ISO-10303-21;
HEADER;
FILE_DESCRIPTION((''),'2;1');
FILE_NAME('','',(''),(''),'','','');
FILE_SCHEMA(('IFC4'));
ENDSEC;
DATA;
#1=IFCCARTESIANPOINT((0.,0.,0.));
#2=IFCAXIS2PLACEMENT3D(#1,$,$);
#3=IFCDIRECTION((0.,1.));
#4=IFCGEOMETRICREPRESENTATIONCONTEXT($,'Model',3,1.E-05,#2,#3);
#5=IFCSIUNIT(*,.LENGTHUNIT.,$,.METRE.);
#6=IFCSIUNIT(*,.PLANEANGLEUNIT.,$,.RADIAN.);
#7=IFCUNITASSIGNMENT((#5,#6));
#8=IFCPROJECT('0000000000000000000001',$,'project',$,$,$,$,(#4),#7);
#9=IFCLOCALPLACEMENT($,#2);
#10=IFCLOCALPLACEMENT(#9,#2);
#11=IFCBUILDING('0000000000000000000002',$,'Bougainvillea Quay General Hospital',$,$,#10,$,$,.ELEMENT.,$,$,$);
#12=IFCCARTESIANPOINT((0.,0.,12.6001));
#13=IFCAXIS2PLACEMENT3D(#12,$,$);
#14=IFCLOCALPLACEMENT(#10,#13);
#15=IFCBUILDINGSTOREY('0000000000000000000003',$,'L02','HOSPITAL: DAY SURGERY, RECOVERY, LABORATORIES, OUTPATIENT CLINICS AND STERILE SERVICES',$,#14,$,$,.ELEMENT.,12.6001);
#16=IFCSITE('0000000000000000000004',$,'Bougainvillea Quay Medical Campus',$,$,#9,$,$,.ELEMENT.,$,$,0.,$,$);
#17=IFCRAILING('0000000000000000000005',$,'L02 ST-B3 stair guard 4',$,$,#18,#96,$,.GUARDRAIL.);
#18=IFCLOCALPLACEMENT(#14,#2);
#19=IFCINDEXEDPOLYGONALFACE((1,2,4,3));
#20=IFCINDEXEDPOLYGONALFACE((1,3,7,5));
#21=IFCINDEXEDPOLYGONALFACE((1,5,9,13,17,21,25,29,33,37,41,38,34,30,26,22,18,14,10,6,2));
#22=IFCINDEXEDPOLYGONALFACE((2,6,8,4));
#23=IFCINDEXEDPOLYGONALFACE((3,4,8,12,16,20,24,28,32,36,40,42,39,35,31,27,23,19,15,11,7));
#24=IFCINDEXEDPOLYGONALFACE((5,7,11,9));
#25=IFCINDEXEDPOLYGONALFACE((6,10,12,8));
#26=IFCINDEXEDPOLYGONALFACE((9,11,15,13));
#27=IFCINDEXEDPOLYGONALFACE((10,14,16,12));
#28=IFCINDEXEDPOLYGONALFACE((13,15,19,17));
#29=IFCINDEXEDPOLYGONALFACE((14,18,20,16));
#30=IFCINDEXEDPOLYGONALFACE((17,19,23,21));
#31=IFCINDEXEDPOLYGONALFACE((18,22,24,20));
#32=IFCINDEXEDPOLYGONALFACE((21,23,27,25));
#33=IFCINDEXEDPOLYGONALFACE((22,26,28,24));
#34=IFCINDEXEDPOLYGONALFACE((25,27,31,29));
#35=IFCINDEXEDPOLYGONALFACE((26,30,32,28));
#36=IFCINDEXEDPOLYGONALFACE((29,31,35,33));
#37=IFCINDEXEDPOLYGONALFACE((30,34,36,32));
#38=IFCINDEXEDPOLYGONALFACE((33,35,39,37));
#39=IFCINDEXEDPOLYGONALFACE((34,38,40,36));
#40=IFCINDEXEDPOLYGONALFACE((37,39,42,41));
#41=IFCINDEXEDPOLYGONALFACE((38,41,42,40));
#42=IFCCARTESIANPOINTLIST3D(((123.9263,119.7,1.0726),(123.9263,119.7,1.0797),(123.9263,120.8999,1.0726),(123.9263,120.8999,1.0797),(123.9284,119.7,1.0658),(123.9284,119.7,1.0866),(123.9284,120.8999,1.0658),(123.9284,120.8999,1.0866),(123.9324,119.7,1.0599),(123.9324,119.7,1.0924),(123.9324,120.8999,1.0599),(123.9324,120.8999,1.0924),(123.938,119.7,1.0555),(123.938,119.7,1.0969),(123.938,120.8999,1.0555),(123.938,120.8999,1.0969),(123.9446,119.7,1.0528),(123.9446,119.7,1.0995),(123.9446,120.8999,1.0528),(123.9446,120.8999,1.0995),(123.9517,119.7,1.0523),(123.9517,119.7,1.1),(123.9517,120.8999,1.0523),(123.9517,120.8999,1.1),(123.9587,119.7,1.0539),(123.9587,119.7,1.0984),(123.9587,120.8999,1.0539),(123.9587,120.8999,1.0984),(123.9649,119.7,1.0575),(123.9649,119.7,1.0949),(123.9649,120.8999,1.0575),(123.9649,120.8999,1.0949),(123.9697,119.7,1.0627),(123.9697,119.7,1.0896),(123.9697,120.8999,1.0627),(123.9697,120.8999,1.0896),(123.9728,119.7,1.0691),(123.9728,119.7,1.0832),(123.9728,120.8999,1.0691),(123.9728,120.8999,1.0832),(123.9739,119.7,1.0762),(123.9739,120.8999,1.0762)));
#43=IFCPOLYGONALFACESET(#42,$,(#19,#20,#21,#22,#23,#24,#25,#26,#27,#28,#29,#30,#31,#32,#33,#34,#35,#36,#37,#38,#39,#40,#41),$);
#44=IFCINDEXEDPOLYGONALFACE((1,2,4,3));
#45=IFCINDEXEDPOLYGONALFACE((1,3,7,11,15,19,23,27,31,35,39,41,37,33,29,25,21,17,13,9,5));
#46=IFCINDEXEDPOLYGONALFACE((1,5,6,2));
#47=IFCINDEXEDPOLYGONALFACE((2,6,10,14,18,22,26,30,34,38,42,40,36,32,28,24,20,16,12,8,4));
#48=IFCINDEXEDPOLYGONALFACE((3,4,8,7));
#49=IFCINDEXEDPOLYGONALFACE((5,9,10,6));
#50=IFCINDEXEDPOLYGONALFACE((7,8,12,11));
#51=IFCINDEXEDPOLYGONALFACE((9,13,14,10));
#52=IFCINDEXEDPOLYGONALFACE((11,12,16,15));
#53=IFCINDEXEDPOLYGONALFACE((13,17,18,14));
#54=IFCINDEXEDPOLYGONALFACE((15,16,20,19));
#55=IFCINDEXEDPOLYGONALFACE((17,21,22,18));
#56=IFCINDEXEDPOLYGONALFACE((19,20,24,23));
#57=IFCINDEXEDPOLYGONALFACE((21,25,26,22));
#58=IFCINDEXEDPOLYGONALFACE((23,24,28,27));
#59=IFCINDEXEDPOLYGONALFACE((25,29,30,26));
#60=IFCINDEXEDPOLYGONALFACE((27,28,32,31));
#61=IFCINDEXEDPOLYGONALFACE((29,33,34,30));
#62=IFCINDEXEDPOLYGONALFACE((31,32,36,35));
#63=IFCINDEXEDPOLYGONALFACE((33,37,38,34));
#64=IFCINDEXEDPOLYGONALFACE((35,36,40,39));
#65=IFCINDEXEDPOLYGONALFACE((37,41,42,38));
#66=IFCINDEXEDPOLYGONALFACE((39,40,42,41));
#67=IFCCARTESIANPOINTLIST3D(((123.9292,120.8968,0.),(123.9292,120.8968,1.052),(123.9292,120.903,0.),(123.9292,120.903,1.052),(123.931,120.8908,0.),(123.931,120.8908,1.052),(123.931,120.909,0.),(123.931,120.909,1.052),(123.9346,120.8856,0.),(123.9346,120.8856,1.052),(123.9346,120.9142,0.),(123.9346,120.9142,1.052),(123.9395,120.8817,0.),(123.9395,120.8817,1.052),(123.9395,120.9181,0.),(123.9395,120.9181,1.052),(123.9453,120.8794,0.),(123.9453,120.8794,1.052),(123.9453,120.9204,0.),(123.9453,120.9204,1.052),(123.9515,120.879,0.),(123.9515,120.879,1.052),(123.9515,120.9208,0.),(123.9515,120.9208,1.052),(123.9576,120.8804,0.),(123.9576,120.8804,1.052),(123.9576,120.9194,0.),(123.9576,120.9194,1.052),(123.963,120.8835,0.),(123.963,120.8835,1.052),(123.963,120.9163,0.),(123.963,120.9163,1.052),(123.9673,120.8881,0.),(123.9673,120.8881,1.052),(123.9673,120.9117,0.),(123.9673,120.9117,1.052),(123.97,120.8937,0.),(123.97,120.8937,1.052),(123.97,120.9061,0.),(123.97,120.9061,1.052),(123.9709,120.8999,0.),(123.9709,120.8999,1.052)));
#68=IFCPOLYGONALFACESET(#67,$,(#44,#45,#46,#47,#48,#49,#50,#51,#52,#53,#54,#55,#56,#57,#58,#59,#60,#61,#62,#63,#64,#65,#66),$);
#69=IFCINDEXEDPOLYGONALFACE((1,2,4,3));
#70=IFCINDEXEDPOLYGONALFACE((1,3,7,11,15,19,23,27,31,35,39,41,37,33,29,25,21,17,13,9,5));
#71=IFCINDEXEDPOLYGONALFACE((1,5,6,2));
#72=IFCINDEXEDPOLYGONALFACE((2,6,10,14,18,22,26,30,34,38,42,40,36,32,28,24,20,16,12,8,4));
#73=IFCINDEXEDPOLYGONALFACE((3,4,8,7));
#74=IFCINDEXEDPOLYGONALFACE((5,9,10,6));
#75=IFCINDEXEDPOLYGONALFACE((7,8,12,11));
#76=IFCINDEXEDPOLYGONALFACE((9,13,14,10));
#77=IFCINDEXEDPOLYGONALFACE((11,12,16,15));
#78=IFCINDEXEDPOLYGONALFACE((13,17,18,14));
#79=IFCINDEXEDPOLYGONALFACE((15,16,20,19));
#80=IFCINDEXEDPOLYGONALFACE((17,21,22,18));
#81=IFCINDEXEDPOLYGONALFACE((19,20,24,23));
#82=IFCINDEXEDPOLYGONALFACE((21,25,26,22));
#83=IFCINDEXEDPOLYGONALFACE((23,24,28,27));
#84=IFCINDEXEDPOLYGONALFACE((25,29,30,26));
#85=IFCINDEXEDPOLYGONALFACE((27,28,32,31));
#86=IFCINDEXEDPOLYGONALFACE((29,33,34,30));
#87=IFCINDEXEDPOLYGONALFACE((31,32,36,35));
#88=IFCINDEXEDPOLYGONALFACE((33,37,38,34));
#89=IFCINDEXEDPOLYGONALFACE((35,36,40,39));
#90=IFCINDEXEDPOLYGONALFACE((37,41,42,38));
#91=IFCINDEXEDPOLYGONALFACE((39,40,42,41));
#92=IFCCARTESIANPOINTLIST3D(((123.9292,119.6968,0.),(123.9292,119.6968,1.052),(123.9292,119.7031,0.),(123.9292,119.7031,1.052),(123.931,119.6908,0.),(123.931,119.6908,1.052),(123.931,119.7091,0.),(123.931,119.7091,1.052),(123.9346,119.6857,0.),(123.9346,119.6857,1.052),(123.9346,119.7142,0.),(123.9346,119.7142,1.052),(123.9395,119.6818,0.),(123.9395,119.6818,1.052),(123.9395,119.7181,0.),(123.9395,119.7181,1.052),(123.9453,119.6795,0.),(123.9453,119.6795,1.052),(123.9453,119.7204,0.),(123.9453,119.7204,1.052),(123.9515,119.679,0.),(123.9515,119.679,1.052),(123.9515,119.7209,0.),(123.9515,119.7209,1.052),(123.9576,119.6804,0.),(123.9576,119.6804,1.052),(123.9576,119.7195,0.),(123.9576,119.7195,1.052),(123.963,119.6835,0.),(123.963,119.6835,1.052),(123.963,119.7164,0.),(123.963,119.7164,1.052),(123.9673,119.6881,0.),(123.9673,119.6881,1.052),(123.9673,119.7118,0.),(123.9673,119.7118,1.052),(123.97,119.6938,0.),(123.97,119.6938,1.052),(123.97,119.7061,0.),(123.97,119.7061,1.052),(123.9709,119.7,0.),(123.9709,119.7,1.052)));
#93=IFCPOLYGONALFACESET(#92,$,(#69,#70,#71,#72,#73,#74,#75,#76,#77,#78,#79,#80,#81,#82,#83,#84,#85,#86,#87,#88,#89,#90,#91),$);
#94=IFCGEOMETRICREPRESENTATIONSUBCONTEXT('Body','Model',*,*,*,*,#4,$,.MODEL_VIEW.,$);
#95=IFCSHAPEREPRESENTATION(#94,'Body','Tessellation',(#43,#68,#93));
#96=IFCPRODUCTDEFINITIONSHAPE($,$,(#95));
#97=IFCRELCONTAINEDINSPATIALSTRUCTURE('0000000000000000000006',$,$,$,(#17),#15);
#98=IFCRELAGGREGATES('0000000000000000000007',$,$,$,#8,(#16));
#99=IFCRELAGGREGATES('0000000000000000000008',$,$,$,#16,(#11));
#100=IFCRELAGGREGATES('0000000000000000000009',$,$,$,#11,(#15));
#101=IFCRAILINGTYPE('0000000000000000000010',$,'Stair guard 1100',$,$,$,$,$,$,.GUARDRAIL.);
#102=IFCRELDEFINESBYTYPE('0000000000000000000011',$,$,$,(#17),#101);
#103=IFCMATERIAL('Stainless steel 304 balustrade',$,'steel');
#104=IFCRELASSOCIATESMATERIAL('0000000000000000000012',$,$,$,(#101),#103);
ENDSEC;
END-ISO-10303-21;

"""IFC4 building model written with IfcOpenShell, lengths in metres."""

from ifc_helpers import new_model, si_unit, direction, frame, origin, origin_2d, place, context, subcontext, project, spatial, circle, extrude, material, type_object, element, save


model = new_model("IFC4")

# Units and contexts
model_context = context("Model", 3, precision=1e-05, world=origin(), true_north=direction((0.0, 1.0)))
body_context = subcontext(model_context, "Body", "Model", "MODEL_VIEW")
ifc_project = project(units=[si_unit("LENGTHUNIT", "METRE"), si_unit("PLANEANGLEUNIT", "RADIAN")], contexts=[model_context])

# Site, building, storey
site_placement = place(None, origin())
site = spatial("IfcSite", under=ifc_project, at=site_placement, Name="Bougainvillea Quay Medical Campus", CompositionType="ELEMENT", RefElevation=0.0)
building_placement = place(site_placement, origin())
building = spatial("IfcBuilding", under=site, at=building_placement, Name="Bougainvillea Quay General Hospital", CompositionType="ELEMENT")
storey_placement = place(building_placement, frame((0.0, 0.0, 12.6001)))
storey = spatial("IfcBuildingStorey", under=building, at=storey_placement, Name="L02", Description="HOSPITAL: DAY SURGERY, RECOVERY, LABORATORIES, OUTPATIENT CLINICS AND STERILE SERVICES", CompositionType="ELEMENT", Elevation=12.6001)

# Railing
ifc_material_1 = material(Name="Stainless steel 304 balustrade", Category="steel")
railing_type = type_object("IfcRailingType", Name="Stair guard 1100", PredefinedType="GUARDRAIL", material=ifc_material_1)
railing_placement = place(storey_placement, frame((123.95, 120.8999, 0.0)))
element("IfcRailing", 1, at=railing_placement, inside=storey, type_object=railing_type, Name="L02 ST-B3 stair guard 4", PredefinedType="GUARDRAIL", context=body_context, shape_type="SweptSolid", body=[
    extrude(circle(Radius=0.0239, at=origin_2d()), frame((0.0, 0.0, 1.0762), z_axis=(0.0, -1.0, 0.0), x_axis=(1.0, 0.0, 0.0)), (0.0, 0.0, 1.0), 1.2),
    extrude(circle(Radius=0.021, at=origin_2d()), origin(), (0.0, 0.0, 1.0), 1.052),
    extrude(circle(Radius=0.021, at=origin_2d()), frame((0.0, -1.2, 0.0)), (0.0, 0.0, 1.0), 1.052),
])

save(model, "model.ifc")
